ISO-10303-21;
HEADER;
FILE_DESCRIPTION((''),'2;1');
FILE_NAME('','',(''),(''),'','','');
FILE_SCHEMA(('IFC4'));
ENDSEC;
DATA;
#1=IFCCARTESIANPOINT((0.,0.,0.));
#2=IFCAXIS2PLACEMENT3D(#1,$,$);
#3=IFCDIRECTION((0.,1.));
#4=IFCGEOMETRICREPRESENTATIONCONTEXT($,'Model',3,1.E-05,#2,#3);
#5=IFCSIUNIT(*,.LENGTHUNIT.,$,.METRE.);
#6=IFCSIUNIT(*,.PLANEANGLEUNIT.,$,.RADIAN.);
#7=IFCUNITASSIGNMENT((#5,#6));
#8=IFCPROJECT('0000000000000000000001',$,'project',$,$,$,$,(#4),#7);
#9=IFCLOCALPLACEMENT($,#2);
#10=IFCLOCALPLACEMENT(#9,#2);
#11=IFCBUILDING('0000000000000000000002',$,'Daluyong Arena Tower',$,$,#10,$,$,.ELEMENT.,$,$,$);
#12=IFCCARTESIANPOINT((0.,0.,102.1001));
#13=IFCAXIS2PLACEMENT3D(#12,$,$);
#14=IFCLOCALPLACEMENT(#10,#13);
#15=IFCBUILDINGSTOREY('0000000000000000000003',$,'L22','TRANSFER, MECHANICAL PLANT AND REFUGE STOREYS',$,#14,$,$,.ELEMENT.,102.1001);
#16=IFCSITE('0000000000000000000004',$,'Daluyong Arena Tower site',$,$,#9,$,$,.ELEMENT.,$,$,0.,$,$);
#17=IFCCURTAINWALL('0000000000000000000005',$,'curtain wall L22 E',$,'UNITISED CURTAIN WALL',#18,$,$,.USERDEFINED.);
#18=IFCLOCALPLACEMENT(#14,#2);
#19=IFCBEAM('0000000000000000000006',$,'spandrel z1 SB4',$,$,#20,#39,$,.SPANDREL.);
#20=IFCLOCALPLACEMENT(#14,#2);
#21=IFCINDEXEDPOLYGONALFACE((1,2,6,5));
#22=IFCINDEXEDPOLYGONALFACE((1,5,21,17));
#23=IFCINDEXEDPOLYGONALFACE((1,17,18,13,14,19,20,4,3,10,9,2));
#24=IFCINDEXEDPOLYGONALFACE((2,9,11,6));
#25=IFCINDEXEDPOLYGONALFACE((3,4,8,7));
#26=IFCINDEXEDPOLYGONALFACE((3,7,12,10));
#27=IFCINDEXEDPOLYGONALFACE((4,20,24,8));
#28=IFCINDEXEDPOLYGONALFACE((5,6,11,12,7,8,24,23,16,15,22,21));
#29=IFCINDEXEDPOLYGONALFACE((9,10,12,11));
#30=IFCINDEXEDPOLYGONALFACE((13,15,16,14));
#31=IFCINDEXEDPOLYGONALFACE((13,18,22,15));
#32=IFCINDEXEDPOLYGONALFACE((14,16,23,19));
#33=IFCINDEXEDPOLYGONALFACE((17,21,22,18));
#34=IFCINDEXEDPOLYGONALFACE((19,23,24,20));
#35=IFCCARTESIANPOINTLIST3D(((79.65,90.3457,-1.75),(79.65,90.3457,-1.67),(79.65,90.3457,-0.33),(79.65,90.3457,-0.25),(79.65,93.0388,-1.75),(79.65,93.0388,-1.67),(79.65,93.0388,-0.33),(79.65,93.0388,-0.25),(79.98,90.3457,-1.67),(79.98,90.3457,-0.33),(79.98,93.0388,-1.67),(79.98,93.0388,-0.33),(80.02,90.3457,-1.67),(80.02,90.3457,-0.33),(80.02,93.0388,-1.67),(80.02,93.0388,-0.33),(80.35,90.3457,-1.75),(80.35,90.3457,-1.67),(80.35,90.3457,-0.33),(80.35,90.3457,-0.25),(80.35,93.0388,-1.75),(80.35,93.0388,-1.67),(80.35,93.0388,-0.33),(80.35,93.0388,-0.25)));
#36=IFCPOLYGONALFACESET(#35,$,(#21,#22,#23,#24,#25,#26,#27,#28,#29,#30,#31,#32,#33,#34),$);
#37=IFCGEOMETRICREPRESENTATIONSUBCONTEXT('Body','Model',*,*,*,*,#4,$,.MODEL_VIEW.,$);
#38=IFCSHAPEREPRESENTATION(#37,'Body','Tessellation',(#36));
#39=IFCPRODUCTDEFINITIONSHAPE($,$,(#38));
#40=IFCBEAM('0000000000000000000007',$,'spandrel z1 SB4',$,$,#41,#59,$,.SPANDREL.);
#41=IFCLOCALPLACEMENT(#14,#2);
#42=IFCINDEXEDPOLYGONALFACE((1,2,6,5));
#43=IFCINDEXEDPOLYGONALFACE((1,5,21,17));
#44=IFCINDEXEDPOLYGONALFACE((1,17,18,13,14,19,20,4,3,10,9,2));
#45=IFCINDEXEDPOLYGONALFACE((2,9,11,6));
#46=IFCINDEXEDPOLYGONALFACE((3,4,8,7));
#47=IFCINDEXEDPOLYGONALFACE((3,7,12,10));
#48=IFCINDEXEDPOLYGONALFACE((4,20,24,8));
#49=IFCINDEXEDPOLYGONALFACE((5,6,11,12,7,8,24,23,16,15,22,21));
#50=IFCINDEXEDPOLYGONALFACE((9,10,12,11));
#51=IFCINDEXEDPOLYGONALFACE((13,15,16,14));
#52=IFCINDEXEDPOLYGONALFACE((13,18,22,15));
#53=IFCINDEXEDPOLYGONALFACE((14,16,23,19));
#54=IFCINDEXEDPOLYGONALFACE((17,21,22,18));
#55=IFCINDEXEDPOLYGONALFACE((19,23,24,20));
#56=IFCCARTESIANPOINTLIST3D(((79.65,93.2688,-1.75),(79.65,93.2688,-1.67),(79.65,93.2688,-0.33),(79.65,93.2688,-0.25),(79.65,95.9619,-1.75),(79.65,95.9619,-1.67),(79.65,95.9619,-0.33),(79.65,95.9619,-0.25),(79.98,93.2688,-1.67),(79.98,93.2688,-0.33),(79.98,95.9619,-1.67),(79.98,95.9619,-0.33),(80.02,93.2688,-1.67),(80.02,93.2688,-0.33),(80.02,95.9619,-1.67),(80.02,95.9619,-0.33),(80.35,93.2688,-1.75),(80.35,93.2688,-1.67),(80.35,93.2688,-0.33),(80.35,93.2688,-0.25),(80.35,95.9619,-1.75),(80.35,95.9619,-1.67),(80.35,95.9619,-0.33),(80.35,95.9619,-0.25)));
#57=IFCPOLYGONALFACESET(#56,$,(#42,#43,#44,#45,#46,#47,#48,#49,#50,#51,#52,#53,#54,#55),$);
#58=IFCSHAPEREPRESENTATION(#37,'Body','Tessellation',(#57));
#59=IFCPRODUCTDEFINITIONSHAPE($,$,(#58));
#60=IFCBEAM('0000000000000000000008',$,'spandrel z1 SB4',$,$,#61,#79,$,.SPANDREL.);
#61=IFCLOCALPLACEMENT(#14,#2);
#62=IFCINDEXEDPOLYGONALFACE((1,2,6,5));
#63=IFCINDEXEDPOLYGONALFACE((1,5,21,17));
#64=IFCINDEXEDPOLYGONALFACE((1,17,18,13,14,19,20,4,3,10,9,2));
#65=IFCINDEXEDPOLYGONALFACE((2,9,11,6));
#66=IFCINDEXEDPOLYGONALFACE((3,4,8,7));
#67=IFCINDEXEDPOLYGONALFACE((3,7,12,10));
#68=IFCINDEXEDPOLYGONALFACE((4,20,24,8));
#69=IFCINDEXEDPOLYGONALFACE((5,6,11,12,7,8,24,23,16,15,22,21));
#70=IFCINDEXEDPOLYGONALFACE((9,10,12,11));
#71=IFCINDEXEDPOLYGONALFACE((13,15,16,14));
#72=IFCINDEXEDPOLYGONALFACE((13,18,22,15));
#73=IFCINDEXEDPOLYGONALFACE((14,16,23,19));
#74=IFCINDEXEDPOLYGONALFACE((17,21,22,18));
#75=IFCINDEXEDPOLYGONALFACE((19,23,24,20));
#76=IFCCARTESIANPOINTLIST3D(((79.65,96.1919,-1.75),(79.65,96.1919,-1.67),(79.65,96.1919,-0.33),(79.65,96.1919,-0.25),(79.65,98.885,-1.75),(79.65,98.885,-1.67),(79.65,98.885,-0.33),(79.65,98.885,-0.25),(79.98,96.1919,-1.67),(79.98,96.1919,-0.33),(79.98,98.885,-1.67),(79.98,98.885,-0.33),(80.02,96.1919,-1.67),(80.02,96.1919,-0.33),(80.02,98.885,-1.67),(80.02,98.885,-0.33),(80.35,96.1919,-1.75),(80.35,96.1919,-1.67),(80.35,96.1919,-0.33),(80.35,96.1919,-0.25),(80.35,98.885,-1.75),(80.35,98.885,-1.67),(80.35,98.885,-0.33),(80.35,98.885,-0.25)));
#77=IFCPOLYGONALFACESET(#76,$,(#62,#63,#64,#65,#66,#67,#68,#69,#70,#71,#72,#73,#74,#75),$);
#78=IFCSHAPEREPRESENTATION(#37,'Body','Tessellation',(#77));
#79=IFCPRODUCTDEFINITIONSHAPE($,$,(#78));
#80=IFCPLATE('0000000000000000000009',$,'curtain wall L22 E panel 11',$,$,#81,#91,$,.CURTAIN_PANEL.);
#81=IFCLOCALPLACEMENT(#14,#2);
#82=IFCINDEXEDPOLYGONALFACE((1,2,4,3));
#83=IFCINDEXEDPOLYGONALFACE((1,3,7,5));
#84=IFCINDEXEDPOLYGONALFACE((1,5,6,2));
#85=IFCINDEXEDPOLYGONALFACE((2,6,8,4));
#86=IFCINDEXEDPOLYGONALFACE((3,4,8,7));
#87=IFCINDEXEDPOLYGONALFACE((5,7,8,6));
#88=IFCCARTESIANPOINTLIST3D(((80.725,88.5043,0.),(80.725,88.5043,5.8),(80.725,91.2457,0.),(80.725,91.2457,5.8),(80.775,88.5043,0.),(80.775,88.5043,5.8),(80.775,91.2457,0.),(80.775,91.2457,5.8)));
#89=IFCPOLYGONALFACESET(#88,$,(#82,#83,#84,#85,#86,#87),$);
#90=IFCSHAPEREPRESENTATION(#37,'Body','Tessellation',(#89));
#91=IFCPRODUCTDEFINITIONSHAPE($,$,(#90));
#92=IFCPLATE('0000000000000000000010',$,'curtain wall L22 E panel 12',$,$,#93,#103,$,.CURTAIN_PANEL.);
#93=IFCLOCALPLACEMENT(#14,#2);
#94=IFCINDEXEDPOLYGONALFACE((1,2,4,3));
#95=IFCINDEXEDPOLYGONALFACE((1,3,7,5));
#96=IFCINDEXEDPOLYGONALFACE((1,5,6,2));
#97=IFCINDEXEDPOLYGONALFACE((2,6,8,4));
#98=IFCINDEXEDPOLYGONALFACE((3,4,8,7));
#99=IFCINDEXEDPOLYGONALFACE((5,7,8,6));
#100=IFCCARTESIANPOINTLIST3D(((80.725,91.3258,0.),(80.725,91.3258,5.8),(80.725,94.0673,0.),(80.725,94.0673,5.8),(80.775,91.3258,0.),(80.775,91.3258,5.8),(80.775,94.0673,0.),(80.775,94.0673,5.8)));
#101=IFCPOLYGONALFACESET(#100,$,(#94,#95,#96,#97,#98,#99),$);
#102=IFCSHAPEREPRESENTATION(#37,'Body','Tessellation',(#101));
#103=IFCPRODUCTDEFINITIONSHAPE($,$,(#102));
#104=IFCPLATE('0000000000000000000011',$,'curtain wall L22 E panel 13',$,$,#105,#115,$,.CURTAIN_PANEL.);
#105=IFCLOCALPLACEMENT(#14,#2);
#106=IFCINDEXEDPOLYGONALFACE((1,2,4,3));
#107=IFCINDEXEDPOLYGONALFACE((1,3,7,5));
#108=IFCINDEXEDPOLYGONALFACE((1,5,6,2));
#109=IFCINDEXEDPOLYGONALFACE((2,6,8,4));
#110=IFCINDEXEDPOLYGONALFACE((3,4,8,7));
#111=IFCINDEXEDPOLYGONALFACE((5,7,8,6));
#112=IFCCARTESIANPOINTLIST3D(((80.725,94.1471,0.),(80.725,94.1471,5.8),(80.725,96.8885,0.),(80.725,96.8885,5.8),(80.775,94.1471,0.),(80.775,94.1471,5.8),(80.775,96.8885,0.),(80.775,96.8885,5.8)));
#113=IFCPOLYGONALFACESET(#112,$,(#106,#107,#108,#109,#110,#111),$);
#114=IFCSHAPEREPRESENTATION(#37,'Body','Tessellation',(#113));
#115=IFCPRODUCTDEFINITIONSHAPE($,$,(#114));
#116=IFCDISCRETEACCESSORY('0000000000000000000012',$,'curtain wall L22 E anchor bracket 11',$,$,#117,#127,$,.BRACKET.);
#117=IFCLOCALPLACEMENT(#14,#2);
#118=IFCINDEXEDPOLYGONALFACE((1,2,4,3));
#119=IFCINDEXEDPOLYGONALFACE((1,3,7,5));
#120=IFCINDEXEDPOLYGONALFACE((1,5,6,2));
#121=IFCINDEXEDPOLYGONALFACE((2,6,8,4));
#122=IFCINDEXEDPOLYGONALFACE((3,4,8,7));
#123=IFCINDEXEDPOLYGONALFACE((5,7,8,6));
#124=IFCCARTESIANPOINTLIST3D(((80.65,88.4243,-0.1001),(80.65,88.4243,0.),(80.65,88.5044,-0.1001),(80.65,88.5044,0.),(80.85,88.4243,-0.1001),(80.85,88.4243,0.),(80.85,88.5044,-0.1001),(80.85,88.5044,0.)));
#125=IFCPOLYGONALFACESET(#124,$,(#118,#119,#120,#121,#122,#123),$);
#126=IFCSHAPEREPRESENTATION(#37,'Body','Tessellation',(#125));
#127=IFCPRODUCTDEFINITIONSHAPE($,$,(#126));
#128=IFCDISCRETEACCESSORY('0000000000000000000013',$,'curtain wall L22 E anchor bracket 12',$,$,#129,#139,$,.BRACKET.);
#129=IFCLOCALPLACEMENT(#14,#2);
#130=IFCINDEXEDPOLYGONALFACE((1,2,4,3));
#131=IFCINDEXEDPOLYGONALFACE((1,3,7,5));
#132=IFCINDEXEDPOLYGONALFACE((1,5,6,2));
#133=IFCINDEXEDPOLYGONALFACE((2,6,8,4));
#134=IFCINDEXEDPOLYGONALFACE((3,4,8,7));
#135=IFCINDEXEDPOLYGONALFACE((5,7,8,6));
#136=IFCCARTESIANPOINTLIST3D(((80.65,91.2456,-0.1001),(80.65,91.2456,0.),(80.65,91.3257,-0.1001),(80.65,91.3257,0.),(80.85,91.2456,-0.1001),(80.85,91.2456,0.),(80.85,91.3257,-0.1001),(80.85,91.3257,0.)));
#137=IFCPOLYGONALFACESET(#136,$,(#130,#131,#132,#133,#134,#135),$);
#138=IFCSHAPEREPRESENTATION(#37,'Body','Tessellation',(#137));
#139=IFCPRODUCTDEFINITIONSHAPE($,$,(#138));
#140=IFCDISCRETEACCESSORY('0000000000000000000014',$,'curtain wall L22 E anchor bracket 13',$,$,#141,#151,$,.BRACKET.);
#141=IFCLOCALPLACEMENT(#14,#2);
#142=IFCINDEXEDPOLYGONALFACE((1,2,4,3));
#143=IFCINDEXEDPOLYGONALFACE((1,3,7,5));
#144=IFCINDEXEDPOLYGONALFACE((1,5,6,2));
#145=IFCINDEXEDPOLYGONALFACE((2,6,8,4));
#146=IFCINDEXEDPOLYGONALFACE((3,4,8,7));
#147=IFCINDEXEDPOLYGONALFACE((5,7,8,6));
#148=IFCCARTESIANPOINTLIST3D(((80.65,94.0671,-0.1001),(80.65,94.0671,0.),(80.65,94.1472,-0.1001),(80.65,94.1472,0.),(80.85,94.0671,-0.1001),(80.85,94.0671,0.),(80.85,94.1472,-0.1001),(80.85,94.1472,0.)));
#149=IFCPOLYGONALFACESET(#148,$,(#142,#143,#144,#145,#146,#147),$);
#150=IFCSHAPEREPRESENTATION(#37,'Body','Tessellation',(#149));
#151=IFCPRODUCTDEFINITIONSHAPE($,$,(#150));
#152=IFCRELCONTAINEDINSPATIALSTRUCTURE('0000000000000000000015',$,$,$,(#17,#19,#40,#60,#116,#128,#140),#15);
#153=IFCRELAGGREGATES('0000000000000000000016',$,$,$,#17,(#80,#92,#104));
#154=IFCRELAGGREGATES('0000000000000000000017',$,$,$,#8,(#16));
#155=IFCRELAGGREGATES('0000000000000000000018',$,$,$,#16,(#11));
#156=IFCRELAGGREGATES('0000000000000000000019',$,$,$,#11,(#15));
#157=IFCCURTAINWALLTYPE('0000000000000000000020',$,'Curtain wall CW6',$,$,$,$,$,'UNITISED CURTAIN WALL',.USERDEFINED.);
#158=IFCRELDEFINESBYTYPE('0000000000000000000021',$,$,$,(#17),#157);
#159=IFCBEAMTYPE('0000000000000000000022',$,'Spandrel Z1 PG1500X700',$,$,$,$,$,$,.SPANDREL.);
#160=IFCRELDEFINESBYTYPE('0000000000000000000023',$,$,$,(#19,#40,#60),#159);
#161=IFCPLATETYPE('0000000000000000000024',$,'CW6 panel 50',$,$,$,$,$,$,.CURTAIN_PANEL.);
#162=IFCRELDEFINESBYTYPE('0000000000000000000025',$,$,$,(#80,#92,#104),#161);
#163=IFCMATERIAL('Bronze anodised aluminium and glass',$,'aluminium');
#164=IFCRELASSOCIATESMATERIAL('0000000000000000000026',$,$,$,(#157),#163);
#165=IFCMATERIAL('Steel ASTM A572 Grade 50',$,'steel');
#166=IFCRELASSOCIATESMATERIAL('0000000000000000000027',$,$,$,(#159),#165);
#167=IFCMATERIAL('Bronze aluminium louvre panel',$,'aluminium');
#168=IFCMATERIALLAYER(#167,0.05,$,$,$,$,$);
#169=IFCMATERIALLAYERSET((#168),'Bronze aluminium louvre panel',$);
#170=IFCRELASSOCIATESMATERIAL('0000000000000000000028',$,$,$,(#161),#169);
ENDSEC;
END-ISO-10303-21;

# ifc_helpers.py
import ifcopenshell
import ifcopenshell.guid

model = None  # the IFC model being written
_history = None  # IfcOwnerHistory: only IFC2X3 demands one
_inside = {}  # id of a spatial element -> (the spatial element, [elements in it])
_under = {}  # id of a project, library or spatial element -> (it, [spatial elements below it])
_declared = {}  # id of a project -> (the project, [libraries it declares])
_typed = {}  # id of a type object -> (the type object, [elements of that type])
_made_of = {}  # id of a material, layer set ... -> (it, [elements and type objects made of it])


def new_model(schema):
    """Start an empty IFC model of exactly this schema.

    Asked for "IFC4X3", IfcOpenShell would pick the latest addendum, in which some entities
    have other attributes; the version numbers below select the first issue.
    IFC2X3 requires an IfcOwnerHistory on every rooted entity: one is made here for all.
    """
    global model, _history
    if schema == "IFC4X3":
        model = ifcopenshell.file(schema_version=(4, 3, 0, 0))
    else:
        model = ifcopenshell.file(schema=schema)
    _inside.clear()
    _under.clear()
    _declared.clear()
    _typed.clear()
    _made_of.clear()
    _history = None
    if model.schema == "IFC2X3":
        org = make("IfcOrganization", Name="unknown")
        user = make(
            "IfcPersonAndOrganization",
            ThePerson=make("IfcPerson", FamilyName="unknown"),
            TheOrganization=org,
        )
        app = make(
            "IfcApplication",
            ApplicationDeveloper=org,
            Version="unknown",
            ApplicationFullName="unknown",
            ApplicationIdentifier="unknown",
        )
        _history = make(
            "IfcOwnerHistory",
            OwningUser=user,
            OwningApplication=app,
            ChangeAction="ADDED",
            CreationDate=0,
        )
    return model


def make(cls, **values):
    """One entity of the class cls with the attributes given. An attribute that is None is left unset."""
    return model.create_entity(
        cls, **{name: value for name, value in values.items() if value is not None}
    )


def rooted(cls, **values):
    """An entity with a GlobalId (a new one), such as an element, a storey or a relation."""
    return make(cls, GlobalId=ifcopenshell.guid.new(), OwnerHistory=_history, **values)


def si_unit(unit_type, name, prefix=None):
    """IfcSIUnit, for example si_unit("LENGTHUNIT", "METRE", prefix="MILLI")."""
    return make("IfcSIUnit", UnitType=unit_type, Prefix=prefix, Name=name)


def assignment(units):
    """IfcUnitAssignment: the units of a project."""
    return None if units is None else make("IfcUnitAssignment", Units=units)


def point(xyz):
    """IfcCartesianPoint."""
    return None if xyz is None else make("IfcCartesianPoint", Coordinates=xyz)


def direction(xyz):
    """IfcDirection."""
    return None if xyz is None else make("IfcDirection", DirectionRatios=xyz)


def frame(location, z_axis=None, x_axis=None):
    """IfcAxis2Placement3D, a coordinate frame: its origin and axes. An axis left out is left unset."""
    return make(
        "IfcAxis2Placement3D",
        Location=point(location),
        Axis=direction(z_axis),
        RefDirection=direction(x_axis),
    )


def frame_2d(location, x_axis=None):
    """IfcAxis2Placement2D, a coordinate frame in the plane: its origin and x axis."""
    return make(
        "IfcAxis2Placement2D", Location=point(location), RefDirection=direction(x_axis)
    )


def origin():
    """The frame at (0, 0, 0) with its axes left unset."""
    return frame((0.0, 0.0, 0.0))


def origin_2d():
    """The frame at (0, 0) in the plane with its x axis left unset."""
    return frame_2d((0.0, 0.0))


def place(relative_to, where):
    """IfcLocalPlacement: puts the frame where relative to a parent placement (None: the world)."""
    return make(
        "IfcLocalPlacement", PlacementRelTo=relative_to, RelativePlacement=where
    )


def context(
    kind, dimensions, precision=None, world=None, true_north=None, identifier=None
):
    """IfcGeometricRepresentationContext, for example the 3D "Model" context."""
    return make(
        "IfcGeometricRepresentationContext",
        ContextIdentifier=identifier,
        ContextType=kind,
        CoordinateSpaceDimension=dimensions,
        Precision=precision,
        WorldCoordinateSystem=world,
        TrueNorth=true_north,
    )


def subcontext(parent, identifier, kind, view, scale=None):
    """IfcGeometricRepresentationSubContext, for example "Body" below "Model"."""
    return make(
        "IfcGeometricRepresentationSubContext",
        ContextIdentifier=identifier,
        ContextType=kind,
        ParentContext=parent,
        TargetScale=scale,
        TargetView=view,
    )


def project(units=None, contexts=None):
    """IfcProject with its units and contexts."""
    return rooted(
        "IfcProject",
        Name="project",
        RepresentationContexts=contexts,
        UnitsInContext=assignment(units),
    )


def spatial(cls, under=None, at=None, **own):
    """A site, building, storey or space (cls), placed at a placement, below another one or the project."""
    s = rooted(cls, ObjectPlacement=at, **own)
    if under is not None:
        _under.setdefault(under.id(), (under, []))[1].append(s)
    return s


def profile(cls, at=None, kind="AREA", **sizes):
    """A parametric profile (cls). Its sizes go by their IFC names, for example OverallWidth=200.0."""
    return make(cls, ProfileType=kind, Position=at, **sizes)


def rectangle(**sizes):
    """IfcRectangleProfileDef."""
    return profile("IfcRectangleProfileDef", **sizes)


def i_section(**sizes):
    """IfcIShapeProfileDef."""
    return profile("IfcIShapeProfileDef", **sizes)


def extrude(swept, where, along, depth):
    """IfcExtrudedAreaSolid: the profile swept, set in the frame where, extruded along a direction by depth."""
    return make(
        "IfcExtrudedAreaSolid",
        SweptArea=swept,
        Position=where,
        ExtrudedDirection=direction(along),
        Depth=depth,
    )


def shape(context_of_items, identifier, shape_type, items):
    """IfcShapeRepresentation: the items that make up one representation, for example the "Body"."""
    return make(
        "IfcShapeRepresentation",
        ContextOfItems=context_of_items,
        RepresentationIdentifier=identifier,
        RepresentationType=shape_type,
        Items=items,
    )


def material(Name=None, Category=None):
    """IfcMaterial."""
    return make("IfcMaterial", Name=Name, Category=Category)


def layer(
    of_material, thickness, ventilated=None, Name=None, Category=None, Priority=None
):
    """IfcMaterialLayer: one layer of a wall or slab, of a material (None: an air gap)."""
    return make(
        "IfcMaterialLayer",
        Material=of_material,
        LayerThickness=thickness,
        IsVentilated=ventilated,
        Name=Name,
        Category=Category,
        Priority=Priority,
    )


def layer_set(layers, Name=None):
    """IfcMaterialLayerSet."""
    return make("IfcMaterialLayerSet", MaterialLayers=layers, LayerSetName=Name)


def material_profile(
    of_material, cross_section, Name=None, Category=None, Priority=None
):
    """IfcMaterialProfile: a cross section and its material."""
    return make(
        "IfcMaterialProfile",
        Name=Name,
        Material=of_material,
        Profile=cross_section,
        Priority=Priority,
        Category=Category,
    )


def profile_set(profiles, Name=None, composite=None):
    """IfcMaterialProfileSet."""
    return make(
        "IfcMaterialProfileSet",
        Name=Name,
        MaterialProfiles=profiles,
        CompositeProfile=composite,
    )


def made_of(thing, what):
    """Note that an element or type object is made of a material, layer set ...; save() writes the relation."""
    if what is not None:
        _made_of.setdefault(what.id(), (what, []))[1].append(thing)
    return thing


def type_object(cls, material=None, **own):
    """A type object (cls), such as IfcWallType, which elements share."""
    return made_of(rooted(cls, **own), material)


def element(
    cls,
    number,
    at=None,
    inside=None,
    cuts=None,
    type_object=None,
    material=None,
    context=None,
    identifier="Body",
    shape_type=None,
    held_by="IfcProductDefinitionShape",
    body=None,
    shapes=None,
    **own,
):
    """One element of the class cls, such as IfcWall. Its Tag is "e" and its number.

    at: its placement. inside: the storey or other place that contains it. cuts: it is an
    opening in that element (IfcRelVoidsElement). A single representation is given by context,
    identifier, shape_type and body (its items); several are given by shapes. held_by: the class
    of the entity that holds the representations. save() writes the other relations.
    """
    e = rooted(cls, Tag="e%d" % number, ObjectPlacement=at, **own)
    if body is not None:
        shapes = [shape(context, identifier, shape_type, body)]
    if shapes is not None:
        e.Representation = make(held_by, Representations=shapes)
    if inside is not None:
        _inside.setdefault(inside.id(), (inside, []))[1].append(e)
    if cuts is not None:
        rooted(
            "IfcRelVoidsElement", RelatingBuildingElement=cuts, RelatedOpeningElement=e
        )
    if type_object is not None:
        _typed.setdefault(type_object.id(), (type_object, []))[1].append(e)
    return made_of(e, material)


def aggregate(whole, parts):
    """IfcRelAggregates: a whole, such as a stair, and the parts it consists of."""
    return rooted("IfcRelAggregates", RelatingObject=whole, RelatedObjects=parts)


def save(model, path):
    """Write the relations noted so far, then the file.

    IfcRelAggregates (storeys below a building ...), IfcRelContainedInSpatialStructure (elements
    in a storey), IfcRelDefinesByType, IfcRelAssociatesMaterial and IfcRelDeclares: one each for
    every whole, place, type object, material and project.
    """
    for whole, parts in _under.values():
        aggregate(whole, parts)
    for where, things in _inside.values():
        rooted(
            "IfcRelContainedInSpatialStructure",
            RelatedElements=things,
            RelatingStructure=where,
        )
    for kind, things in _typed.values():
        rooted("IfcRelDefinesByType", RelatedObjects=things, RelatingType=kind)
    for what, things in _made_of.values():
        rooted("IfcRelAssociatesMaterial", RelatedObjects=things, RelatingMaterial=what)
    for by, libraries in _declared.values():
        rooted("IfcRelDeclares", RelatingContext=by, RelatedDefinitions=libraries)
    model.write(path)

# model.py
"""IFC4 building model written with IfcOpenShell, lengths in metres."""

from ifc_helpers import new_model, si_unit, direction, frame, origin, origin_2d, place, context, subcontext, project, spatial, rectangle, i_section, extrude, material, layer, layer_set, material_profile, profile_set, type_object, element, aggregate, save


model = new_model("IFC4")

# Units and contexts
model_context = context("Model", 3, precision=1e-05, world=origin(), true_north=direction((0.0, 1.0)))
body_context = subcontext(model_context, "Body", "Model", "MODEL_VIEW")
ifc_project = project(units=[si_unit("LENGTHUNIT", "METRE"), si_unit("PLANEANGLEUNIT", "RADIAN")], contexts=[model_context])

# Site, building, storey
site_placement = place(None, origin())
site = spatial("IfcSite", under=ifc_project, at=site_placement, Name="Daluyong Arena Tower site", CompositionType="ELEMENT", RefElevation=0.0)
building_placement = place(site_placement, origin())
building = spatial("IfcBuilding", under=site, at=building_placement, Name="Daluyong Arena Tower", CompositionType="ELEMENT")
storey_placement = place(building_placement, frame((0.0, 0.0, 102.1001)))
storey = spatial("IfcBuildingStorey", under=building, at=storey_placement, Name="L22", Description="TRANSFER, MECHANICAL PLANT AND REFUGE STOREYS", CompositionType="ELEMENT", Elevation=102.1001)

# Curtain wall
ifc_material_1 = material(Name="Bronze anodised aluminium and glass", Category="aluminium")
curtain_wall_type = type_object("IfcCurtainWallType", Name="Curtain wall CW6", ElementType="UNITISED CURTAIN WALL", PredefinedType="USERDEFINED", material=ifc_material_1)
curtain_wall_placement = place(storey_placement, origin())
curtain_wall = element("IfcCurtainWall", 1, at=curtain_wall_placement, inside=storey, type_object=curtain_wall_type, Name="curtain wall L22 E", ObjectType="UNITISED CURTAIN WALL", PredefinedType="USERDEFINED")

# Beams
ifc_material_2 = material(Name="Steel ASTM A572 Grade 50", Category="steel")
ifc_material_profile_1 = material_profile(ifc_material_2, i_section(OverallWidth=0.7, OverallDepth=1.5, WebThickness=0.04, FlangeThickness=0.08, at=origin_2d()))
ifc_profile_set_1 = profile_set([ifc_material_profile_1], Name="Steel ASTM A572 Grade 50")
beam_type = type_object("IfcBeamType", Name="Spandrel Z1 PG1500X700", PredefinedType="SPANDREL", material=ifc_profile_set_1)
for number, where, z_axis, x_axis, name in (
    (2, (80.0, 90.3457, -1.0), (0.0, 1.0, 0.0), (-1.0, 0.0, 0.0), "spandrel z1 SB4"),
    (3, (80.0, 93.2688, -1.0), (0.0, 1.0, 0.0), (-1.0, 0.0, 0.0), "spandrel z1 SB4"),
    (4, (80.0, 96.1919, -1.0), (0.0, 1.0, 0.0), (-1.0, 0.0, 0.0), "spandrel z1 SB4"),
):
    element("IfcBeam", number, at=place(storey_placement, frame(where, z_axis=z_axis, x_axis=x_axis)), inside=storey, type_object=beam_type, Name=name, PredefinedType="SPANDREL", context=body_context, shape_type="SweptSolid", body=[
        extrude(i_section(OverallWidth=0.7, OverallDepth=1.5, WebThickness=0.04, FlangeThickness=0.08, at=origin_2d()), origin(), (0.0, 0.0, 1.0), 2.6931),
    ])

# Plates
ifc_material_3 = material(Name="Bronze aluminium louvre panel", Category="aluminium")
ifc_layer = layer(ifc_material_3, 0.05)
ifc_layer_set = layer_set([ifc_layer], Name="Bronze aluminium louvre panel")
plate_type = type_object("IfcPlateType", Name="CW6 panel 50", PredefinedType="CURTAIN_PANEL", material=ifc_layer_set)
plate_1_placement = place(storey_placement, frame((80.75, 89.875, 0.0), z_axis=(0.0, 0.0, 1.0), x_axis=(0.0, 1.0, 0.0)))
plate_1 = element("IfcPlate", 5, at=plate_1_placement, type_object=plate_type, Name="curtain wall L22 E panel 11", PredefinedType="CURTAIN_PANEL", context=body_context, shape_type="SweptSolid", body=[
    extrude(rectangle(XDim=2.7415, YDim=0.05, at=origin_2d()), origin(), (0.0, 0.0, 1.0), 5.8),
])
plate_2_placement = place(storey_placement, frame((80.75, 92.6965, 0.0), z_axis=(0.0, 0.0, 1.0), x_axis=(0.0, 1.0, 0.0)))
plate_2 = element("IfcPlate", 6, at=plate_2_placement, type_object=plate_type, Name="curtain wall L22 E panel 12", PredefinedType="CURTAIN_PANEL", context=body_context, shape_type="SweptSolid", body=[
    extrude(rectangle(XDim=2.7415, YDim=0.05, at=origin_2d()), origin(), (0.0, 0.0, 1.0), 5.8),
])
plate_3_placement = place(storey_placement, frame((80.75, 95.5178, 0.0), z_axis=(0.0, 0.0, 1.0), x_axis=(0.0, 1.0, 0.0)))
plate_3 = element("IfcPlate", 7, at=plate_3_placement, type_object=plate_type, Name="curtain wall L22 E panel 13", PredefinedType="CURTAIN_PANEL", context=body_context, shape_type="SweptSolid", body=[
    extrude(rectangle(XDim=2.7415, YDim=0.05, at=origin_2d()), origin(), (0.0, 0.0, 1.0), 5.8),
])
aggregate(curtain_wall, [plate_1, plate_2, plate_3])

# Discrete accessories
for number, where, z_axis, x_axis, name in (
    (8, (80.75, 88.4644, -0.1001), (0.0, 0.0, 1.0), (0.0, 1.0, 0.0), "curtain wall L22 E anchor bracket 11"),
    (9, (80.75, 91.2856, -0.1001), (0.0, 0.0, 1.0), (0.0, 1.0, 0.0), "curtain wall L22 E anchor bracket 12"),
    (10, (80.75, 94.1072, -0.1001), (0.0, 0.0, 1.0), (0.0, 1.0, 0.0), "curtain wall L22 E anchor bracket 13"),
):
    element("IfcDiscreteAccessory", number, at=place(storey_placement, frame(where, z_axis=z_axis, x_axis=x_axis)), inside=storey, Name=name, PredefinedType="BRACKET", context=body_context, shape_type="SweptSolid", body=[
        extrude(rectangle(XDim=0.0801, YDim=0.2, at=origin_2d()), origin(), (0.0, 0.0, 1.0), 0.1001),
    ])

save(model, "model.ifc")
